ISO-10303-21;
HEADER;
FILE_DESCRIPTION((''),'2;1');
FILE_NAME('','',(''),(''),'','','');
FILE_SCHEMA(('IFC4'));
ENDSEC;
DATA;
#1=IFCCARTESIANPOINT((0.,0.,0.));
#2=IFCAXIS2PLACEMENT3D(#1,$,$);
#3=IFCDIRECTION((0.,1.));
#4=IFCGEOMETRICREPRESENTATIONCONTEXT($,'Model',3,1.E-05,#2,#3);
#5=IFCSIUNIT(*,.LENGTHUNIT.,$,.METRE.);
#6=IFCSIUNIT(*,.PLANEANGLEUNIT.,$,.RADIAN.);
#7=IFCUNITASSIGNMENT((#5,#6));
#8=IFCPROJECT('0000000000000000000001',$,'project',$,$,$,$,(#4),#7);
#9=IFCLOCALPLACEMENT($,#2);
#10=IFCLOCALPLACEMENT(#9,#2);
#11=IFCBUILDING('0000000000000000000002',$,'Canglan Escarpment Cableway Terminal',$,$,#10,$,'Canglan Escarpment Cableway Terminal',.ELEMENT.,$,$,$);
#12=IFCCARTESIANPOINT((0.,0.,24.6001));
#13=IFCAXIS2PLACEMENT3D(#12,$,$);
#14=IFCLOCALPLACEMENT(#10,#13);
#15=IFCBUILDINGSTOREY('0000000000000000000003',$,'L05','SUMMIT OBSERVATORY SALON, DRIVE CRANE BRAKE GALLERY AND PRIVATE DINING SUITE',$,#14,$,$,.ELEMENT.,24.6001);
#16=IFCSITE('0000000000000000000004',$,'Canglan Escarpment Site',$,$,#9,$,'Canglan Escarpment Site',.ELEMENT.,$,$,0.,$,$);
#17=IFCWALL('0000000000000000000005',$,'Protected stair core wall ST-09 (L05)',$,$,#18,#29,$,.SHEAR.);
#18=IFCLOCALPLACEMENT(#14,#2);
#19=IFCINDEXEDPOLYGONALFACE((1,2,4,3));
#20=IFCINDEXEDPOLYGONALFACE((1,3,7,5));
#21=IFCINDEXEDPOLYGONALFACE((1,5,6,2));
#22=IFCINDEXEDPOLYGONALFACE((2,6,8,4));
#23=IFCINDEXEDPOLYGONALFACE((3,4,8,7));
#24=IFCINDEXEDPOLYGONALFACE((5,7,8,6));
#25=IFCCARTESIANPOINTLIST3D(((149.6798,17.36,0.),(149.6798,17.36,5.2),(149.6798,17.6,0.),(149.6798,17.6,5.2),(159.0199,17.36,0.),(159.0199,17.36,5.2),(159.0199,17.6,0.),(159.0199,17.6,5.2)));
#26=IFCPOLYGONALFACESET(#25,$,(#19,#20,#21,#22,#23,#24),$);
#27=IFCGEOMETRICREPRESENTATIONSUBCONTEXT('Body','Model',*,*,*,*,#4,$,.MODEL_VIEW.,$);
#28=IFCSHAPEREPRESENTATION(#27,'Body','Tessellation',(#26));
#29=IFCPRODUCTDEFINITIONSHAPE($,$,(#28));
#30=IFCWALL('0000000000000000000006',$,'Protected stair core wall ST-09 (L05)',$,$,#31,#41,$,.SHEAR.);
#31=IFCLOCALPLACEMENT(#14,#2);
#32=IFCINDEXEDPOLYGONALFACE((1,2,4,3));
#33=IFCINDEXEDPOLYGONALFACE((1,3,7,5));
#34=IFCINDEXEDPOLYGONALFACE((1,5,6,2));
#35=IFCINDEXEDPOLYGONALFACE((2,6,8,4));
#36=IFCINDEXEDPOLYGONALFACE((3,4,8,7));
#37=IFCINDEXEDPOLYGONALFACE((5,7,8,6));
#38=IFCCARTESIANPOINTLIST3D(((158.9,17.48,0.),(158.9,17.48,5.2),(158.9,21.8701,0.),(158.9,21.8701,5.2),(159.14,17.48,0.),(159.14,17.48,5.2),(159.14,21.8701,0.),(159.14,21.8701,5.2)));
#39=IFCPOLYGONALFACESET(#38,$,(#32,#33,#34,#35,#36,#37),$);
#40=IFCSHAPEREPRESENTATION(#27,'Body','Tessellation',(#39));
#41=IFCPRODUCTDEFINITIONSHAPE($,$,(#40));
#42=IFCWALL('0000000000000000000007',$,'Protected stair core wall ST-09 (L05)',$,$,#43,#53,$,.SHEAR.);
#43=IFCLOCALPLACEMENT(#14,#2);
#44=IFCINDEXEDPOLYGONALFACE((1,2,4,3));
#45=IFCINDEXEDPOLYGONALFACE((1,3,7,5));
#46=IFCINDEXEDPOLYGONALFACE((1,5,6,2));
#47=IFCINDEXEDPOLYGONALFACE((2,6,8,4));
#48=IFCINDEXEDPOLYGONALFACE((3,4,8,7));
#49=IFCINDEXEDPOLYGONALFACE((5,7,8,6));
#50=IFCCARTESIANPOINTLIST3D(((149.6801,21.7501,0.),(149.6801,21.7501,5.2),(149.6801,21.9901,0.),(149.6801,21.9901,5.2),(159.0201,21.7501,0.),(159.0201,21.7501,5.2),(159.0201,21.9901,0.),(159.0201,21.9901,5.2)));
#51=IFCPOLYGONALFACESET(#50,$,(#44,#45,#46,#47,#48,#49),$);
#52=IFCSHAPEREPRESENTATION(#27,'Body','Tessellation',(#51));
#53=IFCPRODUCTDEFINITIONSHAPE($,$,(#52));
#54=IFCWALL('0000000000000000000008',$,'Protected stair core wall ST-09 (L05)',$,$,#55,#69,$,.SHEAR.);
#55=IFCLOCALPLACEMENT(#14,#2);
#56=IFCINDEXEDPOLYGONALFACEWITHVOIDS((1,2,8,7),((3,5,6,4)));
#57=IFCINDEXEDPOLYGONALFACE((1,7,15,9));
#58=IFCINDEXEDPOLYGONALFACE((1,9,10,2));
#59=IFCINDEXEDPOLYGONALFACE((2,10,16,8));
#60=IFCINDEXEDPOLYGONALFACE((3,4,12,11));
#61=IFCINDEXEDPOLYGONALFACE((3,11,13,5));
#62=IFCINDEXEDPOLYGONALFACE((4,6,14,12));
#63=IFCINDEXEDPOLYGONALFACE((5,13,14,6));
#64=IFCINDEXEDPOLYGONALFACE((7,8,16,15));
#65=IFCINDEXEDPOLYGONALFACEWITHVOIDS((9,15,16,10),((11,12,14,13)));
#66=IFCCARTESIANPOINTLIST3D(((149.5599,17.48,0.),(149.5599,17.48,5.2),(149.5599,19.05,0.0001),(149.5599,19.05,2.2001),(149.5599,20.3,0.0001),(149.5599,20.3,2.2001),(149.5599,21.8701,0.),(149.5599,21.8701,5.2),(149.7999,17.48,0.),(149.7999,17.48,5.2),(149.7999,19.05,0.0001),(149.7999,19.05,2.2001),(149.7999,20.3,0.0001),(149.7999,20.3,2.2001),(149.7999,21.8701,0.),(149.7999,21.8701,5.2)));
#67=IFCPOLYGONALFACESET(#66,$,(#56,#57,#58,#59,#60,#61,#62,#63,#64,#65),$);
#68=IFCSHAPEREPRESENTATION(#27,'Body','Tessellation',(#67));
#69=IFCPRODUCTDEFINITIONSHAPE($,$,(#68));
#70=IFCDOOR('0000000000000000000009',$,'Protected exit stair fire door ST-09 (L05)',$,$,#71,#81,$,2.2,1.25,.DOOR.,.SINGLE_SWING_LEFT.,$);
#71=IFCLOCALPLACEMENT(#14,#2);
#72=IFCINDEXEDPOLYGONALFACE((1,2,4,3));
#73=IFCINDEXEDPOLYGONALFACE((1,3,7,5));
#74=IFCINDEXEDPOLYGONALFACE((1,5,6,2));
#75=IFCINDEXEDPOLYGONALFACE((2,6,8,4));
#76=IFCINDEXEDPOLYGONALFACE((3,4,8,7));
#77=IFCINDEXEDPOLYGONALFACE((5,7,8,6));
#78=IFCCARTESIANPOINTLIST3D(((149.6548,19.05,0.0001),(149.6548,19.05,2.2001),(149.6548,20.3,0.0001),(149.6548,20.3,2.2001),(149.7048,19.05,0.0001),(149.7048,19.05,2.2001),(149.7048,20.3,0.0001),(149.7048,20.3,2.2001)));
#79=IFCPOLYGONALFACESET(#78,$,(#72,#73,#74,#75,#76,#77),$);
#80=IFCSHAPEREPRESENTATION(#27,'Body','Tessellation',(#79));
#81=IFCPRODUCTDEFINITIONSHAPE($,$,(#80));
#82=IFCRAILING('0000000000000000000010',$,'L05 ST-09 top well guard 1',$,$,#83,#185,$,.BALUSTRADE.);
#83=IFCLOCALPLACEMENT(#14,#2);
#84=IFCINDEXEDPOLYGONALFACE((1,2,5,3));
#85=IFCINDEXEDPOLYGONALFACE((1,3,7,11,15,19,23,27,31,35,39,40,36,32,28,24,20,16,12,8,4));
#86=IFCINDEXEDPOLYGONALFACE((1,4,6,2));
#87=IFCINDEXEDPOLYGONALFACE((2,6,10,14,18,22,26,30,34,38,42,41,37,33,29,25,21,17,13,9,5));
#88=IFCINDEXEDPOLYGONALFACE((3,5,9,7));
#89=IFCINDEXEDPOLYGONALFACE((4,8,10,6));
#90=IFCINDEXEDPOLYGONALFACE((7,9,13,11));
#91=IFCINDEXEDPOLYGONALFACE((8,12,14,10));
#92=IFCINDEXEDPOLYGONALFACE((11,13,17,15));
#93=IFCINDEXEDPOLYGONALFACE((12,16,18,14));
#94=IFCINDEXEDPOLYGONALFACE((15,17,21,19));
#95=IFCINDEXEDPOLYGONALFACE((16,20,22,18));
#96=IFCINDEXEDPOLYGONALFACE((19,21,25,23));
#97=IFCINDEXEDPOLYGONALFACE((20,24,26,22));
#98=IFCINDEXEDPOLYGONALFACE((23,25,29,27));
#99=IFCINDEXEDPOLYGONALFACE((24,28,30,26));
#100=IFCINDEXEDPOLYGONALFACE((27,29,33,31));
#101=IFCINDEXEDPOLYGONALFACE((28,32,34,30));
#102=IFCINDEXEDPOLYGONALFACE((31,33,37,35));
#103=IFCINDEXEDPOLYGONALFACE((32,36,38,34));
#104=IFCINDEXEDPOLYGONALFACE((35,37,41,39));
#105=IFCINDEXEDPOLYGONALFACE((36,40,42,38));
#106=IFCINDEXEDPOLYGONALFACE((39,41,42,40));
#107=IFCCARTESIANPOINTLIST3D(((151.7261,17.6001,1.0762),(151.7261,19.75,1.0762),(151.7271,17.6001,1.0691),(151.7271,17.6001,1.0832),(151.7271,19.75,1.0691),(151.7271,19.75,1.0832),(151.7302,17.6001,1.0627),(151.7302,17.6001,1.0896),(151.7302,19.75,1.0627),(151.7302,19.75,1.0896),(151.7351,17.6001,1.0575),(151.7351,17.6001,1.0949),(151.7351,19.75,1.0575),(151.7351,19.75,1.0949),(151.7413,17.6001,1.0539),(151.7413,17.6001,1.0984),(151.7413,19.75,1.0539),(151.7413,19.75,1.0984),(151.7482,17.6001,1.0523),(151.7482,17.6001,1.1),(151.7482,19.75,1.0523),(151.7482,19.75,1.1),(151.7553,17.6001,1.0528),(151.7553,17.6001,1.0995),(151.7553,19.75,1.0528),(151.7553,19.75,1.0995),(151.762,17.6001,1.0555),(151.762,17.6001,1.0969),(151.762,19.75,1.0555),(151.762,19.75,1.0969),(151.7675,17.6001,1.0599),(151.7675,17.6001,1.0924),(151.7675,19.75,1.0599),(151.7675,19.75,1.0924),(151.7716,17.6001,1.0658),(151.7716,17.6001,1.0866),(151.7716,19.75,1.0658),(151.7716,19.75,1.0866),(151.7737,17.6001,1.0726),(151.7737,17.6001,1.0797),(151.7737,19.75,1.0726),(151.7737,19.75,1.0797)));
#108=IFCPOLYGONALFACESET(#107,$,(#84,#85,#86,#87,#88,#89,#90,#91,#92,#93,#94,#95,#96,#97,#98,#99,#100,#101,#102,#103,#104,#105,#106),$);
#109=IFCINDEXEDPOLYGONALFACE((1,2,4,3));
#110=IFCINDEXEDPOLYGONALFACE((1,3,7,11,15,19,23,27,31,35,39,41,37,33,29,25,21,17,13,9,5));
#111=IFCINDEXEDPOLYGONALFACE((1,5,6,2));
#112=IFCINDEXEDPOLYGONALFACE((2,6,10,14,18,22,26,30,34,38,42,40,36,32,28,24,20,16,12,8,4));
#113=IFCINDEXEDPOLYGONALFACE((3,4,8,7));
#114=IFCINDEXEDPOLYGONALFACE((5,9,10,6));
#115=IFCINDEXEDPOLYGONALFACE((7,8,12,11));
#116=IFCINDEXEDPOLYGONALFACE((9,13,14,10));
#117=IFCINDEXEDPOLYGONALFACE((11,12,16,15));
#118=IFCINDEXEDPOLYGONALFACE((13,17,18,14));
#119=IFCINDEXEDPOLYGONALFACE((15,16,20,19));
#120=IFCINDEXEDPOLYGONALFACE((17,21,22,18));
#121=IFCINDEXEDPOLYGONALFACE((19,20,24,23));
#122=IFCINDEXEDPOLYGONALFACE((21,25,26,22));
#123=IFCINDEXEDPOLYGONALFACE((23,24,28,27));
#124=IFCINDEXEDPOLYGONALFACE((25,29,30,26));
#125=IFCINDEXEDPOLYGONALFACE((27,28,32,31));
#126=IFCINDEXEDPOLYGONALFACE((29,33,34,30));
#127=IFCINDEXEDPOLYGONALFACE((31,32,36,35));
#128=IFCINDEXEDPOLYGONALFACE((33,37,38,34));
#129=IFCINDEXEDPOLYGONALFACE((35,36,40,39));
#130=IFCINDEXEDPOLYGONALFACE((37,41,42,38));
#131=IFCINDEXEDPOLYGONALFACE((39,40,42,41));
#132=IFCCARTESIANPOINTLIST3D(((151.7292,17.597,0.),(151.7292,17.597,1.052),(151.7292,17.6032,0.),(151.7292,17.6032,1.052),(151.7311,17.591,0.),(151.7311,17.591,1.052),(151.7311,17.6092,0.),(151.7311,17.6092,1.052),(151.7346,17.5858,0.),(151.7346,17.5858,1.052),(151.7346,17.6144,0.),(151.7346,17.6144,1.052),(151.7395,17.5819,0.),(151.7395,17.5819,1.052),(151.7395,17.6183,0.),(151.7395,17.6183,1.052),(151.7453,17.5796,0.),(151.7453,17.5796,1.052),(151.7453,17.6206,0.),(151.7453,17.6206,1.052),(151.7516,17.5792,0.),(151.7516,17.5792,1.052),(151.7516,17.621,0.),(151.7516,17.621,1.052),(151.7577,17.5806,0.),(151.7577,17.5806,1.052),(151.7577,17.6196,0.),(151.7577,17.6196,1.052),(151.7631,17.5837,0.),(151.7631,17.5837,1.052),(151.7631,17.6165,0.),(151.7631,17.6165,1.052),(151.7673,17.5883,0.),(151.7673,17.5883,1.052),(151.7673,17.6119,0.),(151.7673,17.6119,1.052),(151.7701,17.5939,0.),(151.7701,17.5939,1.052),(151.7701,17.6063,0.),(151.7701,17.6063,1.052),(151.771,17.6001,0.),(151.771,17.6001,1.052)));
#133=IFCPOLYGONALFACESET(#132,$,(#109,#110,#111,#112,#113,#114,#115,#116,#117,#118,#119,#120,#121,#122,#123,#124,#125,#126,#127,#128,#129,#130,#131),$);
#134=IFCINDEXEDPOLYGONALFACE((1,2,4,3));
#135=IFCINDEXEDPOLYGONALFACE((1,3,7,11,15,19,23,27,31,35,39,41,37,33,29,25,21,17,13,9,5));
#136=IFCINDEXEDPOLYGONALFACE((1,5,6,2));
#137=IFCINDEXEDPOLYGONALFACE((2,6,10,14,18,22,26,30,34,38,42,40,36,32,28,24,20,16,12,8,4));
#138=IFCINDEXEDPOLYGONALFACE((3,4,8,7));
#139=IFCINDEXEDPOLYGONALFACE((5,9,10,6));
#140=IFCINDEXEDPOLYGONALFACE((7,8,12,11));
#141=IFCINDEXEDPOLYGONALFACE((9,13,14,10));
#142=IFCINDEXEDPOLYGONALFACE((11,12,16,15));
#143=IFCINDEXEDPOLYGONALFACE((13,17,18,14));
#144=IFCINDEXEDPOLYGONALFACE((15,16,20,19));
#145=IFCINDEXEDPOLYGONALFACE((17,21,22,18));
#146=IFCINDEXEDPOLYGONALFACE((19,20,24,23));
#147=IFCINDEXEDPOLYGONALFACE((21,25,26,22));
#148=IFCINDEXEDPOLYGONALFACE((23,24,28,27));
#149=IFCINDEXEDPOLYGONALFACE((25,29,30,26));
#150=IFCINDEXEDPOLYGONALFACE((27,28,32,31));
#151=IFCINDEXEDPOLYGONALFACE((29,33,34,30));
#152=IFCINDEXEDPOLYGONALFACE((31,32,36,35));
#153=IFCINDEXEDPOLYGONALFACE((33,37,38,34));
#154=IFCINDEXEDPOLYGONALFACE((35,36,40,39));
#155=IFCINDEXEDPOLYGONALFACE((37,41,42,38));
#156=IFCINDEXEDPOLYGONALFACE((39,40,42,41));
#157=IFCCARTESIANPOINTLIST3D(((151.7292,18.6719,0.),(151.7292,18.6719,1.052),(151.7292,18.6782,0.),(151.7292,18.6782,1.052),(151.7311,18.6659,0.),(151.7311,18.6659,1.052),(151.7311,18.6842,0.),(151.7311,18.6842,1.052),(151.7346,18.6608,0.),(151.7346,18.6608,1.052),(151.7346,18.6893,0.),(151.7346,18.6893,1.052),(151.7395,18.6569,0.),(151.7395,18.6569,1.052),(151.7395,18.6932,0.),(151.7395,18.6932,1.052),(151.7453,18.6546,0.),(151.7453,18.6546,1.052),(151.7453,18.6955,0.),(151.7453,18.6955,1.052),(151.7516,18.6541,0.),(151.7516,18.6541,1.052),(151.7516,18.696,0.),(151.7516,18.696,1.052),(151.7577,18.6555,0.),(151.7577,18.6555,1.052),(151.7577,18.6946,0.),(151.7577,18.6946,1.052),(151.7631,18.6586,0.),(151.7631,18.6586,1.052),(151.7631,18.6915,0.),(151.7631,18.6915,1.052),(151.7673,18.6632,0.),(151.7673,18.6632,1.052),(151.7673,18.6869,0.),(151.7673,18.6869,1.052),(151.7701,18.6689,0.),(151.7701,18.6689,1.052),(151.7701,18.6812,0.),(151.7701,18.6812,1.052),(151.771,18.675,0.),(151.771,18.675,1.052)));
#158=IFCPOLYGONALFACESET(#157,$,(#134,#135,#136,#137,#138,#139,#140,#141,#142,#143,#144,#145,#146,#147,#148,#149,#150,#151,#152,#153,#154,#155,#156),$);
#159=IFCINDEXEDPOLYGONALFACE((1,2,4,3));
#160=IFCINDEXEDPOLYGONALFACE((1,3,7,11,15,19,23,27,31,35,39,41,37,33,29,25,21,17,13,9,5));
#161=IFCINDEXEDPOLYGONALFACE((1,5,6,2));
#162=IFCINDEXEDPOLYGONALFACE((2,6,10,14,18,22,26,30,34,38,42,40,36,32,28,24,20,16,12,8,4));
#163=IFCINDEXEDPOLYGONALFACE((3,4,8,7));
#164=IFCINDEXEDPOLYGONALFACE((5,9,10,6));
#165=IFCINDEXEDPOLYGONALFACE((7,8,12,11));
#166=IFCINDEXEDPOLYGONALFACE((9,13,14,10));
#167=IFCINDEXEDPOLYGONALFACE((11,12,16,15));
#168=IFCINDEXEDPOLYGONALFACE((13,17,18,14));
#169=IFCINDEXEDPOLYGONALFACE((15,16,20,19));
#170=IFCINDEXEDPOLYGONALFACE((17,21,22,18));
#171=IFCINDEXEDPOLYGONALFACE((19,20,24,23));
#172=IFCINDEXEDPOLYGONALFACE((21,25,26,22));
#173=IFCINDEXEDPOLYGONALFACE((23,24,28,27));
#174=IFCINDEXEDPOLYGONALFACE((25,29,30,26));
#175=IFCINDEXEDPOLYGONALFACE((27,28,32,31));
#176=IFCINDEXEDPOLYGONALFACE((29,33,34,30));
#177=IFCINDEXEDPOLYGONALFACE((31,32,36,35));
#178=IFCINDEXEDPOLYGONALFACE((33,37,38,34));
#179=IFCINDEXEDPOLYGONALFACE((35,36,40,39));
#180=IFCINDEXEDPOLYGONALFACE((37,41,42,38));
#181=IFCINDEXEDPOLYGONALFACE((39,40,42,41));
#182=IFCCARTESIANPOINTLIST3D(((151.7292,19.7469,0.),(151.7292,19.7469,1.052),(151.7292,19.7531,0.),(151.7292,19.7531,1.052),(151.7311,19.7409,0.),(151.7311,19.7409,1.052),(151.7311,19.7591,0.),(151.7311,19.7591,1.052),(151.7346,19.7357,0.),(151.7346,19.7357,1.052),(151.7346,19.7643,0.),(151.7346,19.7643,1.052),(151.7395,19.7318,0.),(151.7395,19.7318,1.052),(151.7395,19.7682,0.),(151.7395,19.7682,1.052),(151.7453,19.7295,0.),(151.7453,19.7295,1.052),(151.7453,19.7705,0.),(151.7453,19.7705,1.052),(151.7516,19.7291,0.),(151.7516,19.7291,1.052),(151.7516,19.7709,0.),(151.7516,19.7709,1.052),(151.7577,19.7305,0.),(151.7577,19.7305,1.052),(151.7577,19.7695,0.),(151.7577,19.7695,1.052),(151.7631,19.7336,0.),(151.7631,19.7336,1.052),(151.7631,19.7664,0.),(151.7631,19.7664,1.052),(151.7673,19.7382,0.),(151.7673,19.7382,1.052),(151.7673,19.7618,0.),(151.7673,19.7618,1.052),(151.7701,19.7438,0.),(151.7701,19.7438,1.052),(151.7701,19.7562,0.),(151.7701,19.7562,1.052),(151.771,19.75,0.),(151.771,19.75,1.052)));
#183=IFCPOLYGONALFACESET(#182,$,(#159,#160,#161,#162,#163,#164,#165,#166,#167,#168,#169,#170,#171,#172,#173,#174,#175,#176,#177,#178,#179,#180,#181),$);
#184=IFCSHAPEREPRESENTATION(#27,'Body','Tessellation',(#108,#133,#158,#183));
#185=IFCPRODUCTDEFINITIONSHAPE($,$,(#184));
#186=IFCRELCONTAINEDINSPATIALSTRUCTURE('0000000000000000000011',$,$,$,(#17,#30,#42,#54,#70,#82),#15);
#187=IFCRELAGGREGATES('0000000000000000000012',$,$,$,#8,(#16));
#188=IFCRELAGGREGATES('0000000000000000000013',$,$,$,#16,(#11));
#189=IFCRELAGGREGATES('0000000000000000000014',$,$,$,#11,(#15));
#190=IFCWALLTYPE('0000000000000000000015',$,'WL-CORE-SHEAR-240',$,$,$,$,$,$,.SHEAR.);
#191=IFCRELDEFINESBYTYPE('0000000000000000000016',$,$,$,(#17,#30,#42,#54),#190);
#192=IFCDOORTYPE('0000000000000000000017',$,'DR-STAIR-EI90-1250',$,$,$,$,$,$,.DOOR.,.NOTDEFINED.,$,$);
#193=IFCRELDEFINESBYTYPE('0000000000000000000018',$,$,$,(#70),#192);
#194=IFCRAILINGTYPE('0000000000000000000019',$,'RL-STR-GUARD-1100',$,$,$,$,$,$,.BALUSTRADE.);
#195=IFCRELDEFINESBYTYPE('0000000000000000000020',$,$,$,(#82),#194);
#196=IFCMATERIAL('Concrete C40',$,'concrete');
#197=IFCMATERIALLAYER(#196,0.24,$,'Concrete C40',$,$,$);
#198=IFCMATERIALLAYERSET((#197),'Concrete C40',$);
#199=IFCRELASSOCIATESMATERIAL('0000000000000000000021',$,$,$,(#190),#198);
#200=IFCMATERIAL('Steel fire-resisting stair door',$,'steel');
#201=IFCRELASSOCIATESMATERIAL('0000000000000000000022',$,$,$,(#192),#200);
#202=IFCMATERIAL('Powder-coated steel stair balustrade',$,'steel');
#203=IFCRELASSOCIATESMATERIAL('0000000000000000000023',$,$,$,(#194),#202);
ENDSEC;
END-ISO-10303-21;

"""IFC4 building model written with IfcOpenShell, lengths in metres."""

from ifc_helpers import new_model, si_unit, direction, frame, frame_2d, origin, origin_2d, place, context, subcontext, project, spatial, rectangle, circle, extrude, material, layer, layer_set, type_object, element, fill, save


model = new_model("IFC4")

# Units and contexts
model_context = context("Model", 3, precision=1e-05, world=origin(), true_north=direction((0.0, 1.0)))
body_context = subcontext(model_context, "Body", "Model", "MODEL_VIEW")
ifc_project = project(units=[si_unit("LENGTHUNIT", "METRE"), si_unit("PLANEANGLEUNIT", "RADIAN")], contexts=[model_context])

# Site, building, storey
site_placement = place(None, origin())
site = spatial("IfcSite", under=ifc_project, at=site_placement, Name="Canglan Escarpment Site", LongName="Canglan Escarpment Site", CompositionType="ELEMENT", RefElevation=0.0)
building_placement = place(site_placement, origin())
building = spatial("IfcBuilding", under=site, at=building_placement, Name="Canglan Escarpment Cableway Terminal", LongName="Canglan Escarpment Cableway Terminal", CompositionType="ELEMENT")
storey_placement = place(building_placement, frame((0.0, 0.0, 24.6001)))
storey = spatial("IfcBuildingStorey", under=building, at=storey_placement, Name="L05", Description="SUMMIT OBSERVATORY SALON, DRIVE CRANE BRAKE GALLERY AND PRIVATE DINING SUITE", CompositionType="ELEMENT", Elevation=24.6001)

# Walls
ifc_material_1 = material(Name="Concrete C40", Category="concrete")
ifc_layer_1 = layer(ifc_material_1, 0.24, Name="Concrete C40")
ifc_layer_set_1 = layer_set([ifc_layer_1], Name="Concrete C40")
wall_type = type_object("IfcWallType", Name="WL-CORE-SHEAR-240", PredefinedType="SHEAR", material=ifc_layer_set_1)
for number, where, z_axis, x_axis, name in (
    (1, (149.6799, 17.48, 0.0), (0.0, 0.0, 1.0), (1.0, 0.0, 0.0), "Protected stair core wall ST-09 (L05)"),
):
    element("IfcWall", number, at=place(storey_placement, frame(where, z_axis=z_axis, x_axis=x_axis)), inside=storey, type_object=wall_type, Name=name, PredefinedType="SHEAR", context=body_context, shape_type="SweptSolid", body=[
        extrude(rectangle(XDim=9.3401, YDim=0.24, at=frame_2d((4.6699, 0.0))), origin(), (0.0, 0.0, 1.0), 5.2),
    ])
wall_1_placement = place(storey_placement, frame((159.02, 17.48, 0.0), z_axis=(0.0, 0.0, 1.0), x_axis=(0.0, 1.0, 0.0)))
element("IfcWall", 2, at=wall_1_placement, inside=storey, type_object=wall_type, Name="Protected stair core wall ST-09 (L05)", PredefinedType="SHEAR", context=body_context, shape_type="SweptSolid", body=[
    extrude(rectangle(XDim=4.3901, YDim=0.24, at=frame_2d((2.1951, 0.0))), origin(), (0.0, 0.0, 1.0), 5.2),
])
wall_2_placement = place(storey_placement, frame((159.02, 21.8701, 0.0), z_axis=(0.0, 0.0, 1.0), x_axis=(-1.0, 0.0, 0.0)))
element("IfcWall", 3, at=wall_2_placement, inside=storey, type_object=wall_type, Name="Protected stair core wall ST-09 (L05)", PredefinedType="SHEAR", context=body_context, shape_type="SweptSolid", body=[
    extrude(rectangle(XDim=9.3401, YDim=0.24, at=frame_2d((4.6699, 0.0))), origin(), (0.0, 0.0, 1.0), 5.2),
])

# Wall, opening, door
wall_3_placement = place(storey_placement, frame((149.6799, 21.8701, 0.0), z_axis=(0.0, 0.0, 1.0), x_axis=(0.0, -1.0, 0.0)))
wall_3 = element("IfcWall", 4, at=wall_3_placement, inside=storey, type_object=wall_type, Name="Protected stair core wall ST-09 (L05)", PredefinedType="SHEAR", context=body_context, shape_type="SweptSolid", body=[
    extrude(rectangle(XDim=4.3901, YDim=0.24, at=frame_2d((2.1951, 0.0))), origin(), (0.0, 0.0, 1.0), 5.2),
])
opening_placement = place(wall_3_placement, frame((1.5701, 0.0, 0.0)))
opening = element("IfcOpeningElement", 5, at=opening_placement, cuts=wall_3, PredefinedType="OPENING", context=body_context, shape_type="SweptSolid", body=[
    extrude(rectangle(XDim=1.25, YDim=2.2, at=frame_2d((0.625, 1.1001))), frame((0.0, 0.1299, 0.0), z_axis=(0.0, -1.0, 0.0), x_axis=(1.0, 0.0, 0.0)), (0.0, 0.0, 1.0), 0.26),
])
ifc_material_2 = material(Name="Steel fire-resisting stair door", Category="steel")
door_type = type_object("IfcDoorType", Name="DR-STAIR-EI90-1250", OperationType="NOTDEFINED", PredefinedType="DOOR", material=ifc_material_2)
door_placement = place(opening_placement, origin())
door = element("IfcDoor", 6, at=door_placement, inside=storey, type_object=door_type, Name="Protected exit stair fire door ST-09 (L05)", OperationType="SINGLE_SWING_LEFT", OverallHeight=2.2, OverallWidth=1.25, PredefinedType="DOOR", context=body_context, shape_type="SweptSolid", body=[
    extrude(rectangle(XDim=1.25, YDim=2.2, at=frame_2d((0.625, 1.1001))), frame((0.0, 0.0249, 0.0), z_axis=(0.0, -1.0, 0.0), x_axis=(1.0, 0.0, 0.0)), (0.0, 0.0, 1.0), 0.05),
])
fill(opening, door)

# Railing
ifc_material_3 = material(Name="Powder-coated steel stair balustrade", Category="steel")
railing_type = type_object("IfcRailingType", Name="RL-STR-GUARD-1100", PredefinedType="BALUSTRADE", material=ifc_material_3)
railing_placement = place(storey_placement, frame((151.75, 17.6001, 0.0)))
element("IfcRailing", 7, at=railing_placement, inside=storey, type_object=railing_type, Name="L05 ST-09 top well guard 1", PredefinedType="BALUSTRADE", context=body_context, shape_type="SweptSolid", body=[
    extrude(circle(Radius=0.0239, at=origin_2d()), frame((0.0, 0.0, 1.0762), z_axis=(0.0, 1.0, 0.0), x_axis=(-1.0, 0.0, 0.0)), (0.0, 0.0, 1.0), 2.1499),
    extrude(circle(Radius=0.021, at=origin_2d()), origin(), (0.0, 0.0, 1.0), 1.052),
    extrude(circle(Radius=0.021, at=origin_2d()), frame((0.0, 1.075, 0.0)), (0.0, 0.0, 1.0), 1.052),
    extrude(circle(Radius=0.021, at=origin_2d()), frame((0.0, 2.1499, 0.0)), (0.0, 0.0, 1.0), 1.052),
])

save(model, "model.ifc")
